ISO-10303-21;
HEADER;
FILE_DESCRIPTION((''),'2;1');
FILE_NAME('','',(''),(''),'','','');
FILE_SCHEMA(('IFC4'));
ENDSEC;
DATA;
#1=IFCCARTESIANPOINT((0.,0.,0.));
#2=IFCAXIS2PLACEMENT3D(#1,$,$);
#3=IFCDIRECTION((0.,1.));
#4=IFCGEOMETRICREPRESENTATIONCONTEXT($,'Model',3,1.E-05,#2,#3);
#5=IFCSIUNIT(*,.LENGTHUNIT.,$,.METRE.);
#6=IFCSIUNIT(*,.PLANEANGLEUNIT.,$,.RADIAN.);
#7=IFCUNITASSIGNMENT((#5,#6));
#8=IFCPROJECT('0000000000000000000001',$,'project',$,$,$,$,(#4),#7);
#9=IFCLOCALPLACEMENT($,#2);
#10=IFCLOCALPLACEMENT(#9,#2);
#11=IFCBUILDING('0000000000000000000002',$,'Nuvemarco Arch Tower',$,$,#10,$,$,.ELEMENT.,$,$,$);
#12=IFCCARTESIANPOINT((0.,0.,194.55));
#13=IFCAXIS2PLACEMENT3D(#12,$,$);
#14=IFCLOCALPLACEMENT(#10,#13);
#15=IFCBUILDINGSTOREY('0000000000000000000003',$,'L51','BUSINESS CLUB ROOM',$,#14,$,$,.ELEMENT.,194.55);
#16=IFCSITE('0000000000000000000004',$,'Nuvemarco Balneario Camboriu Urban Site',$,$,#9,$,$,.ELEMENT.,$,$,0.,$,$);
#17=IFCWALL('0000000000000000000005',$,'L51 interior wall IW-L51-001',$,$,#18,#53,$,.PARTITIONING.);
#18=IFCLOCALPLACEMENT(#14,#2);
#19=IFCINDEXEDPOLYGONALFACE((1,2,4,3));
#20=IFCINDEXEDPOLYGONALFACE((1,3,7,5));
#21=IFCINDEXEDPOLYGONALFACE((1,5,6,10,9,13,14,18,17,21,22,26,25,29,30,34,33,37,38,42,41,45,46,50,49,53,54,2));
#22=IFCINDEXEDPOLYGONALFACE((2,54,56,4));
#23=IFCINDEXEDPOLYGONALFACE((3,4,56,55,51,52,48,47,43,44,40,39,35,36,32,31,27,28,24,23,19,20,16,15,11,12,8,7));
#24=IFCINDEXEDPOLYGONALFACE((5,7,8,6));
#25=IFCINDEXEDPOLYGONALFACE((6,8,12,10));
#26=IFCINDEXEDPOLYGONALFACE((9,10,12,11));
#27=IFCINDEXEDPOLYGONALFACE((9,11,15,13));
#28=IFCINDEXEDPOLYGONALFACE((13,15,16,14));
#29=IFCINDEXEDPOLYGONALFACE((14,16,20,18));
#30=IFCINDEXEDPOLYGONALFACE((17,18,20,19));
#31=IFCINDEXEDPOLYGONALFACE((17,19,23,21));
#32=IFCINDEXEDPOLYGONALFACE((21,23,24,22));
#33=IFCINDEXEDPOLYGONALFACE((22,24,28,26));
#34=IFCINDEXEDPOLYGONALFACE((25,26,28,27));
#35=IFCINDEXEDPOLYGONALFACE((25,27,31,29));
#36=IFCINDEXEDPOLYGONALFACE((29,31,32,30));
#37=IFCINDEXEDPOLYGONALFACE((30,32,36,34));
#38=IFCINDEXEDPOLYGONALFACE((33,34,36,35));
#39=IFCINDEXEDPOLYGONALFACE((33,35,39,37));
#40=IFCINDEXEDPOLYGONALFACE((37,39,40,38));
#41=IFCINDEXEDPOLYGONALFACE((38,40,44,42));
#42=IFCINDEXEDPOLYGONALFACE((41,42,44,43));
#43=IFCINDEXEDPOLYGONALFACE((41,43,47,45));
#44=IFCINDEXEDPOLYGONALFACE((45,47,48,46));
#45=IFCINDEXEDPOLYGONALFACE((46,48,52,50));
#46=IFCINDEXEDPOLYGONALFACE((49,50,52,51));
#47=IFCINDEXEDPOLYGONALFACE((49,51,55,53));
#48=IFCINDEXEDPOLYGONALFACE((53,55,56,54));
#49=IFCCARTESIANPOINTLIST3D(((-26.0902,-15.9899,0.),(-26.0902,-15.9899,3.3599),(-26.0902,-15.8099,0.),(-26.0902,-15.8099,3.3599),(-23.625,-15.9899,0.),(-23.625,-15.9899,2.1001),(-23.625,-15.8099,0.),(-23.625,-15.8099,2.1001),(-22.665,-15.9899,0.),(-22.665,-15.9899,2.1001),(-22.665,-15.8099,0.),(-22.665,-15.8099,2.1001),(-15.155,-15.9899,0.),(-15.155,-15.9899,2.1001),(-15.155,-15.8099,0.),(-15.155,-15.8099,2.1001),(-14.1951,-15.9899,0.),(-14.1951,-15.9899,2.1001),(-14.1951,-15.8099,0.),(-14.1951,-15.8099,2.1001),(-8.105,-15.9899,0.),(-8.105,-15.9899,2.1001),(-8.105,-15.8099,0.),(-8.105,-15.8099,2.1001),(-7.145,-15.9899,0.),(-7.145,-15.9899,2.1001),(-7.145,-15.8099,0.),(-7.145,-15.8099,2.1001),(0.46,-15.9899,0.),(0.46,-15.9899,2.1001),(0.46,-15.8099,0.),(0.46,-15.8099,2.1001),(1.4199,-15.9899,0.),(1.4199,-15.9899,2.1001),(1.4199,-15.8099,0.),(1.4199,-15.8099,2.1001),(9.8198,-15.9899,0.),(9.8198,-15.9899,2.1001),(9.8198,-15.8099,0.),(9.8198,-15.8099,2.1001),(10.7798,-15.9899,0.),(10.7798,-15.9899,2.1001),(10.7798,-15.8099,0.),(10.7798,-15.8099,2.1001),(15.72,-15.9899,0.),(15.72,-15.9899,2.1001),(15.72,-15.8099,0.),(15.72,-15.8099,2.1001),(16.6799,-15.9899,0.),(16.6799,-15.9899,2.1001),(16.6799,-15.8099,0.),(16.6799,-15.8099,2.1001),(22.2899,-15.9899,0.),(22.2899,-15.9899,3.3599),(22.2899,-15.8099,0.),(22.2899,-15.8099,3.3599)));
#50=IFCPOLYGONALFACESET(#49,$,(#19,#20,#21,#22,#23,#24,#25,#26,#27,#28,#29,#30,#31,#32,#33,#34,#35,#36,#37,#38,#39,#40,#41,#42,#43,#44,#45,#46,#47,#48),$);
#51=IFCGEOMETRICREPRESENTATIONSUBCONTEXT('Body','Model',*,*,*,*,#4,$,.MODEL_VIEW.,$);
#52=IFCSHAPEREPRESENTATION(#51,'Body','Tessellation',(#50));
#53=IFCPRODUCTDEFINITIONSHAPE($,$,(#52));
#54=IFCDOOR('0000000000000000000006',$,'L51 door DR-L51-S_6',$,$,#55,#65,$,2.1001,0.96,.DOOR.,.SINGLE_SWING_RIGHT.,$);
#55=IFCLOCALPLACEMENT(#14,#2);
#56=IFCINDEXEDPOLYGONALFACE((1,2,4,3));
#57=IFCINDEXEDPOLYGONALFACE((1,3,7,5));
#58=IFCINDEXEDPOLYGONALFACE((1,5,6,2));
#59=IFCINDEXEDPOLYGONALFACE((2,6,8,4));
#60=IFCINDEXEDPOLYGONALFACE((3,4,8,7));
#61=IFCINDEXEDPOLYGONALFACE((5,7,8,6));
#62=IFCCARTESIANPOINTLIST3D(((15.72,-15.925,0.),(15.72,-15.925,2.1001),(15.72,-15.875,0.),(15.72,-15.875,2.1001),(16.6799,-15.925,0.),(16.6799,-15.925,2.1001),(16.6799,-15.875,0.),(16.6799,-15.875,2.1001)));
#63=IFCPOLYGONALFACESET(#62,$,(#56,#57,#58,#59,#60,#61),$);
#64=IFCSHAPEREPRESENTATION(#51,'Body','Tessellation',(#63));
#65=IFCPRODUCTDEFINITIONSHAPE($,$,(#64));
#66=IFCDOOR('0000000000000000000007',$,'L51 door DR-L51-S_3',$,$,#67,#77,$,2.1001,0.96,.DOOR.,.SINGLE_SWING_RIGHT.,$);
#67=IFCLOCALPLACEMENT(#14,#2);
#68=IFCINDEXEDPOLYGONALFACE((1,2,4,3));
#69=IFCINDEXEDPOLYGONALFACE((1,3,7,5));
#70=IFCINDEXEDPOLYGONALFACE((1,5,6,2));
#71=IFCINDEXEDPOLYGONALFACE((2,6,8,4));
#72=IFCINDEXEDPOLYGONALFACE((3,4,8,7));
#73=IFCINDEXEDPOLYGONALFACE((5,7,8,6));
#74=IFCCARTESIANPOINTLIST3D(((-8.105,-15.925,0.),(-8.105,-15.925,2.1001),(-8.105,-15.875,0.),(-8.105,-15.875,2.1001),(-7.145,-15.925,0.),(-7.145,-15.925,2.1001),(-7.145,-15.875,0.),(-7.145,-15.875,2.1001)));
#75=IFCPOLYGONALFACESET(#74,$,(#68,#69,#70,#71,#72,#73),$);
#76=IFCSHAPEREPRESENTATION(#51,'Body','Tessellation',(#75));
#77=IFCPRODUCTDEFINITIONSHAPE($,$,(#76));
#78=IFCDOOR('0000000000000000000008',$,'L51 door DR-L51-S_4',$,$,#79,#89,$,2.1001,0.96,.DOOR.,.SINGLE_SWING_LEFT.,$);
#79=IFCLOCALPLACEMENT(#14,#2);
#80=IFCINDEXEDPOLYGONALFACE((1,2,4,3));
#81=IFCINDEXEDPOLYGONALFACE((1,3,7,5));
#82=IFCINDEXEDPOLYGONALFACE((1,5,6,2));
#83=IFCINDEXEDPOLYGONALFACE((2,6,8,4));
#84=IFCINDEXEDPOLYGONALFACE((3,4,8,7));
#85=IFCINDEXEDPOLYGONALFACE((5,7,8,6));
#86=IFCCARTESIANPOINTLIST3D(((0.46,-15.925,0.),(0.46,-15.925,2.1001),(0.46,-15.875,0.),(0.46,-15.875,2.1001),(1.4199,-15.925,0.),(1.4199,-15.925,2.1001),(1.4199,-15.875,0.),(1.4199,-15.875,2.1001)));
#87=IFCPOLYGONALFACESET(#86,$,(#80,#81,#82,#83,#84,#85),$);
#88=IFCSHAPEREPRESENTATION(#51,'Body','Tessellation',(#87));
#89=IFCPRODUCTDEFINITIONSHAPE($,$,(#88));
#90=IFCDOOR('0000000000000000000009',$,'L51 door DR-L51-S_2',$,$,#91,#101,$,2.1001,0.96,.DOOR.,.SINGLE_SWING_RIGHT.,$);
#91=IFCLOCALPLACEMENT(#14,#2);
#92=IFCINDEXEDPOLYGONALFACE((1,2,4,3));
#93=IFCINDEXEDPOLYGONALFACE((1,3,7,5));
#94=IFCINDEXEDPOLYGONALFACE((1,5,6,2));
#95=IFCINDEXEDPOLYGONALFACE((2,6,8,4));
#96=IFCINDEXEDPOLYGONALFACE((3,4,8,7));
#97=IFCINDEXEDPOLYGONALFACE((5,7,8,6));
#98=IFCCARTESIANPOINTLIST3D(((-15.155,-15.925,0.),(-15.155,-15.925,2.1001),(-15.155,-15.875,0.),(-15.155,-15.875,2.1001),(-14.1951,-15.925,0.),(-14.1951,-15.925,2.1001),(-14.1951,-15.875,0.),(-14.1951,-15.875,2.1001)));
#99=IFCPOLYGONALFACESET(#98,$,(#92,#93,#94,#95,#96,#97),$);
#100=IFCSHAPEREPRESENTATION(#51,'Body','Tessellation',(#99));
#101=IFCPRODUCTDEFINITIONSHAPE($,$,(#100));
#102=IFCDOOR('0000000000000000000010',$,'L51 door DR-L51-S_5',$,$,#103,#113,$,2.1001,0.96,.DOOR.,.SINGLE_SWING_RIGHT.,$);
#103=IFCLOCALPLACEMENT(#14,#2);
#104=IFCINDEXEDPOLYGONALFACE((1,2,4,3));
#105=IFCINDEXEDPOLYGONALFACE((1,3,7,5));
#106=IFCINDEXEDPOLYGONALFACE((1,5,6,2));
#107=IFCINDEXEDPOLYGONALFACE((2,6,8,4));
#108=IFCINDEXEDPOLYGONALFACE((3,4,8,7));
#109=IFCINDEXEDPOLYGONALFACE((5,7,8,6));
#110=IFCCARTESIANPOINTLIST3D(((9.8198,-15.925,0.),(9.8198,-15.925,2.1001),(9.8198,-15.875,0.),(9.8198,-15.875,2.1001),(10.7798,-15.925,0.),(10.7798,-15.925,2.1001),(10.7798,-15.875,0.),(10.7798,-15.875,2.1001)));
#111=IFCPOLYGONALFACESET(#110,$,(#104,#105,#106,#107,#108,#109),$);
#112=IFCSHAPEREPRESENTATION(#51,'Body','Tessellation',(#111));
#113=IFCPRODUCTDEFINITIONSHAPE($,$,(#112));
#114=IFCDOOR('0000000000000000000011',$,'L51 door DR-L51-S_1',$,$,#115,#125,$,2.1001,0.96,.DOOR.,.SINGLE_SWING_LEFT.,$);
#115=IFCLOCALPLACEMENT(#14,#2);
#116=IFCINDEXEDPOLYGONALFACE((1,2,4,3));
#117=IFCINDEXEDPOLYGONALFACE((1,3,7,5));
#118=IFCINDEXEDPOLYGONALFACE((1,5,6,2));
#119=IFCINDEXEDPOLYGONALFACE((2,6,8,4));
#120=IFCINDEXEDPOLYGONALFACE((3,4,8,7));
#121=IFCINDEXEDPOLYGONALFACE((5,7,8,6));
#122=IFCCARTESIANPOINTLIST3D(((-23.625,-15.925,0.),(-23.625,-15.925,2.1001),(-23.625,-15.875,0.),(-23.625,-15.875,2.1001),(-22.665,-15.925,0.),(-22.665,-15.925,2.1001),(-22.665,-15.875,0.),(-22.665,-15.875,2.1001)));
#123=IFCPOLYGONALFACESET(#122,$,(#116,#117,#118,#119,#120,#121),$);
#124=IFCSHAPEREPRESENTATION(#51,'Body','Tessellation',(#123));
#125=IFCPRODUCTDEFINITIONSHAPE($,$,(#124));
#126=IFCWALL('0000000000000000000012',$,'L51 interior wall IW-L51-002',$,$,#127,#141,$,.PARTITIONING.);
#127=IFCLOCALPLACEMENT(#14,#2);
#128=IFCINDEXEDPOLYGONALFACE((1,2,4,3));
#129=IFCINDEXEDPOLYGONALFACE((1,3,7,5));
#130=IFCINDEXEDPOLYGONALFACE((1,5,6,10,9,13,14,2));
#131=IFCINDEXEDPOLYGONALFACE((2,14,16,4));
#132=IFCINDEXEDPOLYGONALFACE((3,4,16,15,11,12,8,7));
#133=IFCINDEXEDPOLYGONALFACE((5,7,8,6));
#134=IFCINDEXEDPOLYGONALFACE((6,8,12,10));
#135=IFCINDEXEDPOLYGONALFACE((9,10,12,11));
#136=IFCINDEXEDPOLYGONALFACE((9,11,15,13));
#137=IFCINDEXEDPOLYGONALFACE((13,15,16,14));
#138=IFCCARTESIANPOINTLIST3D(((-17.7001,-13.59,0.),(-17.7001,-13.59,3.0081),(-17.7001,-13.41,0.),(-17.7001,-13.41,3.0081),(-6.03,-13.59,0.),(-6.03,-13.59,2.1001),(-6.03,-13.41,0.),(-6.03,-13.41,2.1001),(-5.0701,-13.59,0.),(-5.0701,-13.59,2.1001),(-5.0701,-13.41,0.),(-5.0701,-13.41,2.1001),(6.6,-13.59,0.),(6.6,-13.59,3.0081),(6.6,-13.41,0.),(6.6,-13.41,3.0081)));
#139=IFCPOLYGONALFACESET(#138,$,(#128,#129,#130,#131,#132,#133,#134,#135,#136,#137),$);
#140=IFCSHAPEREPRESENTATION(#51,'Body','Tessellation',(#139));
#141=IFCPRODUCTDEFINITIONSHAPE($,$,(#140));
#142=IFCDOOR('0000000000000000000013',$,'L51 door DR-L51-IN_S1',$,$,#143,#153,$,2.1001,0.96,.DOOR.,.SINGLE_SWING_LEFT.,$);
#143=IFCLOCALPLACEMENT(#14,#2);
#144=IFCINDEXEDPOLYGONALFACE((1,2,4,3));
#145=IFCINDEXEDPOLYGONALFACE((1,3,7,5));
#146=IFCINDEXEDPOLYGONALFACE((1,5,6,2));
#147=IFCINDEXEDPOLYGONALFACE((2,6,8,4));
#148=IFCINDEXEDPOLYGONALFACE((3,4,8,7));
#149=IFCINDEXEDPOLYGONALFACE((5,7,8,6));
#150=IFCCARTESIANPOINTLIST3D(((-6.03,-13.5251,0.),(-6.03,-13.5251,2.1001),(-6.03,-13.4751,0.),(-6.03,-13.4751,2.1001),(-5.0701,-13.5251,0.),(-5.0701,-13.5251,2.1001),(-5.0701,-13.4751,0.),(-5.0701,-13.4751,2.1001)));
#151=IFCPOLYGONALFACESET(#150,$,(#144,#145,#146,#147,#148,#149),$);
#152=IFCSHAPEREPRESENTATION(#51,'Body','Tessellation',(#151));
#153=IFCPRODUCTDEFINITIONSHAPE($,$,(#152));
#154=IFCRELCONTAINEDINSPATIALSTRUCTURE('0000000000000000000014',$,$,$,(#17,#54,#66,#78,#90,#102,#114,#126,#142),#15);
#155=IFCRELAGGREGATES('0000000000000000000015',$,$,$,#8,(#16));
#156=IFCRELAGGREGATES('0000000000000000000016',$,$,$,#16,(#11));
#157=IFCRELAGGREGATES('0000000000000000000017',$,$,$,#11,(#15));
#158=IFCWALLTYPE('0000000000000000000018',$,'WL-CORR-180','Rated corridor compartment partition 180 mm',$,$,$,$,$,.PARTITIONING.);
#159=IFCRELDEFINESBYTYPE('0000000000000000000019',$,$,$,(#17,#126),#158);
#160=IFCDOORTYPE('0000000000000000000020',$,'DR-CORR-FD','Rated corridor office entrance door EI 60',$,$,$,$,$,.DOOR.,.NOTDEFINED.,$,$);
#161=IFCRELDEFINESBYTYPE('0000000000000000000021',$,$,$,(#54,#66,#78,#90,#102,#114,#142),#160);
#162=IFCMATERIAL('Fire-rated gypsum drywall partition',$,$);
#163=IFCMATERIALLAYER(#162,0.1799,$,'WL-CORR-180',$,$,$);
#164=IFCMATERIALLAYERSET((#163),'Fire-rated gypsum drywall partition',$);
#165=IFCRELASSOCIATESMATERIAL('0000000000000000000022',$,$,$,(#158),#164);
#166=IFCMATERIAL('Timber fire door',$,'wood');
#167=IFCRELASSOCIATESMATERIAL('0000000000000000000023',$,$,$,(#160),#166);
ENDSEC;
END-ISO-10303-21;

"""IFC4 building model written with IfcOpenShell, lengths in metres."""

from ifc_helpers import new_model, si_unit, direction, frame, frame_2d, origin, place, context, subcontext, project, spatial, rectangle, extrude, source, transform, mapped, material, layer, layer_set, type_object, type_shapes, element, fill, save


model = new_model("IFC4")

# Units and contexts
model_context = context("Model", 3, precision=1e-05, world=origin(), true_north=direction((0.0, 1.0)))
body_context = subcontext(model_context, "Body", "Model", "MODEL_VIEW")
ifc_project = project(units=[si_unit("LENGTHUNIT", "METRE"), si_unit("PLANEANGLEUNIT", "RADIAN")], contexts=[model_context])

# Site, building, storey
site_placement = place(None, origin())
site = spatial("IfcSite", under=ifc_project, at=site_placement, Name="Nuvemarco Balneario Camboriu Urban Site", CompositionType="ELEMENT", RefElevation=0.0)
building_placement = place(site_placement, origin())
building = spatial("IfcBuilding", under=site, at=building_placement, Name="Nuvemarco Arch Tower", CompositionType="ELEMENT")
storey_placement = place(building_placement, frame((0.0, 0.0, 194.55)))
storey = spatial("IfcBuildingStorey", under=building, at=storey_placement, Name="L51", Description="BUSINESS CLUB ROOM", CompositionType="ELEMENT", Elevation=194.55)

# Wall, openings, doors
ifc_material_1 = material(Name="Fire-rated gypsum drywall partition")
ifc_layer = layer(ifc_material_1, 0.1799, Name="WL-CORR-180")
ifc_layer_set = layer_set([ifc_layer], Name="Fire-rated gypsum drywall partition")
wall_type = type_object("IfcWallType", Name="WL-CORR-180", Description="Rated corridor compartment partition 180 mm", PredefinedType="PARTITIONING", material=ifc_layer_set)
wall_1_placement = place(storey_placement, frame((-26.0901, -15.8999, 0.0), z_axis=(0.0, 0.0, 1.0), x_axis=(1.0, 0.0, 0.0)))
wall_1 = element("IfcWall", 1, at=wall_1_placement, inside=storey, type_object=wall_type, Name="L51 interior wall IW-L51-001", PredefinedType="PARTITIONING", context=body_context, shape_type="SweptSolid", body=[
    extrude(rectangle(XDim=48.3801, YDim=0.1799, at=frame_2d((24.1899, 0.0))), origin(), (0.0, 0.0, 1.0), 3.3599),
])
opening_1_placement = place(wall_1_placement, frame((41.8101, 0.0, 0.0)))
opening_1 = element("IfcOpeningElement", 2, at=opening_1_placement, cuts=wall_1, PredefinedType="OPENING", context=body_context, shape_type="SweptSolid", body=[
    extrude(rectangle(XDim=0.96, YDim=2.1001, at=frame_2d((0.48, 1.05))), frame((0.0, 0.0999, 0.0), z_axis=(0.0, -1.0, 0.0), x_axis=(1.0, 0.0, 0.0)), (0.0, 0.0, 1.0), 0.2),
])
opening_2_placement = place(wall_1_placement, frame((17.9851, 0.0, 0.0)))
opening_2 = element("IfcOpeningElement", 3, at=opening_2_placement, cuts=wall_1, PredefinedType="OPENING", context=body_context, shape_type="SweptSolid", body=[
    extrude(rectangle(XDim=0.96, YDim=2.1001, at=frame_2d((0.48, 1.05))), frame((0.0, 0.0999, 0.0), z_axis=(0.0, -1.0, 0.0), x_axis=(1.0, 0.0, 0.0)), (0.0, 0.0, 1.0), 0.2),
])
opening_3_placement = place(wall_1_placement, frame((26.55, 0.0, 0.0)))
opening_3 = element("IfcOpeningElement", 4, at=opening_3_placement, cuts=wall_1, PredefinedType="OPENING", context=body_context, shape_type="SweptSolid", body=[
    extrude(rectangle(XDim=0.96, YDim=2.1001, at=frame_2d((0.48, 1.05))), frame((0.0, 0.0999, 0.0), z_axis=(0.0, -1.0, 0.0), x_axis=(1.0, 0.0, 0.0)), (0.0, 0.0, 1.0), 0.2),
])
opening_4_placement = place(wall_1_placement, frame((10.9351, 0.0, 0.0)))
opening_4 = element("IfcOpeningElement", 5, at=opening_4_placement, cuts=wall_1, PredefinedType="OPENING", context=body_context, shape_type="SweptSolid", body=[
    extrude(rectangle(XDim=0.96, YDim=2.1001, at=frame_2d((0.48, 1.05))), frame((0.0, 0.0999, 0.0), z_axis=(0.0, -1.0, 0.0), x_axis=(1.0, 0.0, 0.0)), (0.0, 0.0, 1.0), 0.2),
])
opening_5_placement = place(wall_1_placement, frame((35.9099, 0.0, 0.0)))
opening_5 = element("IfcOpeningElement", 6, at=opening_5_placement, cuts=wall_1, PredefinedType="OPENING", context=body_context, shape_type="SweptSolid", body=[
    extrude(rectangle(XDim=0.96, YDim=2.1001, at=frame_2d((0.48, 1.05))), frame((0.0, 0.0999, 0.0), z_axis=(0.0, -1.0, 0.0), x_axis=(1.0, 0.0, 0.0)), (0.0, 0.0, 1.0), 0.2),
])
opening_6_placement = place(wall_1_placement, frame((2.4651, 0.0, 0.0)))
opening_6 = element("IfcOpeningElement", 7, at=opening_6_placement, cuts=wall_1, PredefinedType="OPENING", context=body_context, shape_type="SweptSolid", body=[
    extrude(rectangle(XDim=0.96, YDim=2.1001, at=frame_2d((0.48, 1.05))), frame((0.0, 0.0999, 0.0), z_axis=(0.0, -1.0, 0.0), x_axis=(1.0, 0.0, 0.0)), (0.0, 0.0, 1.0), 0.2),
])
ifc_material_2 = material(Name="Timber fire door", Category="wood")
door_type = type_object("IfcDoorType", Name="DR-CORR-FD", Description="Rated corridor office entrance door EI 60", OperationType="NOTDEFINED", PredefinedType="DOOR", material=ifc_material_2)
shared_shape = source(origin(), body_context, "Body", "SweptSolid", [
    extrude(rectangle(XDim=0.96, YDim=2.1001, at=frame_2d((0.48, 1.05))), frame((0.0, 0.0249, 0.0), z_axis=(0.0, -1.0, 0.0), x_axis=(1.0, 0.0, 0.0)), (0.0, 0.0, 1.0), 0.05),
])
type_shapes(door_type, [shared_shape])
door_1_placement = place(opening_1_placement, origin())
door_1 = element("IfcDoor", 8, at=door_1_placement, inside=storey, type_object=door_type, Name="L51 door DR-L51-S_6", OperationType="SINGLE_SWING_RIGHT", OverallHeight=2.1001, OverallWidth=0.96, PredefinedType="DOOR", context=body_context, shape_type="MappedRepresentation", body=[
    mapped(shared_shape, transform((0.0, 0.0, 0.0), scale=1.0)),
])
fill(opening_1, door_1)
door_2_placement = place(opening_2_placement, origin())
door_2 = element("IfcDoor", 9, at=door_2_placement, inside=storey, type_object=door_type, Name="L51 door DR-L51-S_3", OperationType="SINGLE_SWING_RIGHT", OverallHeight=2.1001, OverallWidth=0.96, PredefinedType="DOOR", context=body_context, shape_type="MappedRepresentation", body=[
    mapped(shared_shape, transform((0.0, 0.0, 0.0), scale=1.0)),
])
fill(opening_2, door_2)
door_3_placement = place(opening_3_placement, origin())
door_3 = element("IfcDoor", 10, at=door_3_placement, inside=storey, type_object=door_type, Name="L51 door DR-L51-S_4", OperationType="SINGLE_SWING_LEFT", OverallHeight=2.1001, OverallWidth=0.96, PredefinedType="DOOR", context=body_context, shape_type="MappedRepresentation", body=[
    mapped(shared_shape, transform((0.0, 0.0, 0.0), scale=1.0)),
])
fill(opening_3, door_3)
door_4_placement = place(opening_4_placement, origin())
door_4 = element("IfcDoor", 11, at=door_4_placement, inside=storey, type_object=door_type, Name="L51 door DR-L51-S_2", OperationType="SINGLE_SWING_RIGHT", OverallHeight=2.1001, OverallWidth=0.96, PredefinedType="DOOR", context=body_context, shape_type="MappedRepresentation", body=[
    mapped(shared_shape, transform((0.0, 0.0, 0.0), scale=1.0)),
])
fill(opening_4, door_4)
door_5_placement = place(opening_5_placement, origin())
door_5 = element("IfcDoor", 12, at=door_5_placement, inside=storey, type_object=door_type, Name="L51 door DR-L51-S_5", OperationType="SINGLE_SWING_RIGHT", OverallHeight=2.1001, OverallWidth=0.96, PredefinedType="DOOR", context=body_context, shape_type="MappedRepresentation", body=[
    mapped(shared_shape, transform((0.0, 0.0, 0.0), scale=1.0)),
])
fill(opening_5, door_5)
door_6_placement = place(opening_6_placement, origin())
door_6 = element("IfcDoor", 13, at=door_6_placement, inside=storey, type_object=door_type, Name="L51 door DR-L51-S_1", OperationType="SINGLE_SWING_LEFT", OverallHeight=2.1001, OverallWidth=0.96, PredefinedType="DOOR", context=body_context, shape_type="MappedRepresentation", body=[
    mapped(shared_shape, transform((0.0, 0.0, 0.0), scale=1.0)),
])
fill(opening_6, door_6)

# Wall, opening, door
wall_2_placement = place(storey_placement, frame((-17.7, -13.5, 0.0), z_axis=(0.0, 0.0, 1.0), x_axis=(1.0, 0.0, 0.0)))
wall_2 = element("IfcWall", 14, at=wall_2_placement, inside=storey, type_object=wall_type, Name="L51 interior wall IW-L51-002", PredefinedType="PARTITIONING", context=body_context, shape_type="SweptSolid", body=[
    extrude(rectangle(XDim=24.3, YDim=0.1799, at=frame_2d((12.1499, 0.0))), origin(), (0.0, 0.0, 1.0), 3.0081),
])
opening_7_placement = place(wall_2_placement, frame((11.6699, 0.0, 0.0)))
opening_7 = element("IfcOpeningElement", 15, at=opening_7_placement, cuts=wall_2, PredefinedType="OPENING", context=body_context, shape_type="SweptSolid", body=[
    extrude(rectangle(XDim=0.96, YDim=2.1001, at=frame_2d((0.48, 1.05))), frame((0.0, 0.0999, 0.0), z_axis=(0.0, -1.0, 0.0), x_axis=(1.0, 0.0, 0.0)), (0.0, 0.0, 1.0), 0.2),
])
door_7_placement = place(opening_7_placement, origin())
door_7 = element("IfcDoor", 16, at=door_7_placement, inside=storey, type_object=door_type, Name="L51 door DR-L51-IN_S1", OperationType="SINGLE_SWING_LEFT", OverallHeight=2.1001, OverallWidth=0.96, PredefinedType="DOOR", context=body_context, shape_type="MappedRepresentation", body=[
    mapped(shared_shape, transform((0.0, 0.0, 0.0), scale=1.0)),
])
fill(opening_7, door_7)

save(model, "model.ifc")
